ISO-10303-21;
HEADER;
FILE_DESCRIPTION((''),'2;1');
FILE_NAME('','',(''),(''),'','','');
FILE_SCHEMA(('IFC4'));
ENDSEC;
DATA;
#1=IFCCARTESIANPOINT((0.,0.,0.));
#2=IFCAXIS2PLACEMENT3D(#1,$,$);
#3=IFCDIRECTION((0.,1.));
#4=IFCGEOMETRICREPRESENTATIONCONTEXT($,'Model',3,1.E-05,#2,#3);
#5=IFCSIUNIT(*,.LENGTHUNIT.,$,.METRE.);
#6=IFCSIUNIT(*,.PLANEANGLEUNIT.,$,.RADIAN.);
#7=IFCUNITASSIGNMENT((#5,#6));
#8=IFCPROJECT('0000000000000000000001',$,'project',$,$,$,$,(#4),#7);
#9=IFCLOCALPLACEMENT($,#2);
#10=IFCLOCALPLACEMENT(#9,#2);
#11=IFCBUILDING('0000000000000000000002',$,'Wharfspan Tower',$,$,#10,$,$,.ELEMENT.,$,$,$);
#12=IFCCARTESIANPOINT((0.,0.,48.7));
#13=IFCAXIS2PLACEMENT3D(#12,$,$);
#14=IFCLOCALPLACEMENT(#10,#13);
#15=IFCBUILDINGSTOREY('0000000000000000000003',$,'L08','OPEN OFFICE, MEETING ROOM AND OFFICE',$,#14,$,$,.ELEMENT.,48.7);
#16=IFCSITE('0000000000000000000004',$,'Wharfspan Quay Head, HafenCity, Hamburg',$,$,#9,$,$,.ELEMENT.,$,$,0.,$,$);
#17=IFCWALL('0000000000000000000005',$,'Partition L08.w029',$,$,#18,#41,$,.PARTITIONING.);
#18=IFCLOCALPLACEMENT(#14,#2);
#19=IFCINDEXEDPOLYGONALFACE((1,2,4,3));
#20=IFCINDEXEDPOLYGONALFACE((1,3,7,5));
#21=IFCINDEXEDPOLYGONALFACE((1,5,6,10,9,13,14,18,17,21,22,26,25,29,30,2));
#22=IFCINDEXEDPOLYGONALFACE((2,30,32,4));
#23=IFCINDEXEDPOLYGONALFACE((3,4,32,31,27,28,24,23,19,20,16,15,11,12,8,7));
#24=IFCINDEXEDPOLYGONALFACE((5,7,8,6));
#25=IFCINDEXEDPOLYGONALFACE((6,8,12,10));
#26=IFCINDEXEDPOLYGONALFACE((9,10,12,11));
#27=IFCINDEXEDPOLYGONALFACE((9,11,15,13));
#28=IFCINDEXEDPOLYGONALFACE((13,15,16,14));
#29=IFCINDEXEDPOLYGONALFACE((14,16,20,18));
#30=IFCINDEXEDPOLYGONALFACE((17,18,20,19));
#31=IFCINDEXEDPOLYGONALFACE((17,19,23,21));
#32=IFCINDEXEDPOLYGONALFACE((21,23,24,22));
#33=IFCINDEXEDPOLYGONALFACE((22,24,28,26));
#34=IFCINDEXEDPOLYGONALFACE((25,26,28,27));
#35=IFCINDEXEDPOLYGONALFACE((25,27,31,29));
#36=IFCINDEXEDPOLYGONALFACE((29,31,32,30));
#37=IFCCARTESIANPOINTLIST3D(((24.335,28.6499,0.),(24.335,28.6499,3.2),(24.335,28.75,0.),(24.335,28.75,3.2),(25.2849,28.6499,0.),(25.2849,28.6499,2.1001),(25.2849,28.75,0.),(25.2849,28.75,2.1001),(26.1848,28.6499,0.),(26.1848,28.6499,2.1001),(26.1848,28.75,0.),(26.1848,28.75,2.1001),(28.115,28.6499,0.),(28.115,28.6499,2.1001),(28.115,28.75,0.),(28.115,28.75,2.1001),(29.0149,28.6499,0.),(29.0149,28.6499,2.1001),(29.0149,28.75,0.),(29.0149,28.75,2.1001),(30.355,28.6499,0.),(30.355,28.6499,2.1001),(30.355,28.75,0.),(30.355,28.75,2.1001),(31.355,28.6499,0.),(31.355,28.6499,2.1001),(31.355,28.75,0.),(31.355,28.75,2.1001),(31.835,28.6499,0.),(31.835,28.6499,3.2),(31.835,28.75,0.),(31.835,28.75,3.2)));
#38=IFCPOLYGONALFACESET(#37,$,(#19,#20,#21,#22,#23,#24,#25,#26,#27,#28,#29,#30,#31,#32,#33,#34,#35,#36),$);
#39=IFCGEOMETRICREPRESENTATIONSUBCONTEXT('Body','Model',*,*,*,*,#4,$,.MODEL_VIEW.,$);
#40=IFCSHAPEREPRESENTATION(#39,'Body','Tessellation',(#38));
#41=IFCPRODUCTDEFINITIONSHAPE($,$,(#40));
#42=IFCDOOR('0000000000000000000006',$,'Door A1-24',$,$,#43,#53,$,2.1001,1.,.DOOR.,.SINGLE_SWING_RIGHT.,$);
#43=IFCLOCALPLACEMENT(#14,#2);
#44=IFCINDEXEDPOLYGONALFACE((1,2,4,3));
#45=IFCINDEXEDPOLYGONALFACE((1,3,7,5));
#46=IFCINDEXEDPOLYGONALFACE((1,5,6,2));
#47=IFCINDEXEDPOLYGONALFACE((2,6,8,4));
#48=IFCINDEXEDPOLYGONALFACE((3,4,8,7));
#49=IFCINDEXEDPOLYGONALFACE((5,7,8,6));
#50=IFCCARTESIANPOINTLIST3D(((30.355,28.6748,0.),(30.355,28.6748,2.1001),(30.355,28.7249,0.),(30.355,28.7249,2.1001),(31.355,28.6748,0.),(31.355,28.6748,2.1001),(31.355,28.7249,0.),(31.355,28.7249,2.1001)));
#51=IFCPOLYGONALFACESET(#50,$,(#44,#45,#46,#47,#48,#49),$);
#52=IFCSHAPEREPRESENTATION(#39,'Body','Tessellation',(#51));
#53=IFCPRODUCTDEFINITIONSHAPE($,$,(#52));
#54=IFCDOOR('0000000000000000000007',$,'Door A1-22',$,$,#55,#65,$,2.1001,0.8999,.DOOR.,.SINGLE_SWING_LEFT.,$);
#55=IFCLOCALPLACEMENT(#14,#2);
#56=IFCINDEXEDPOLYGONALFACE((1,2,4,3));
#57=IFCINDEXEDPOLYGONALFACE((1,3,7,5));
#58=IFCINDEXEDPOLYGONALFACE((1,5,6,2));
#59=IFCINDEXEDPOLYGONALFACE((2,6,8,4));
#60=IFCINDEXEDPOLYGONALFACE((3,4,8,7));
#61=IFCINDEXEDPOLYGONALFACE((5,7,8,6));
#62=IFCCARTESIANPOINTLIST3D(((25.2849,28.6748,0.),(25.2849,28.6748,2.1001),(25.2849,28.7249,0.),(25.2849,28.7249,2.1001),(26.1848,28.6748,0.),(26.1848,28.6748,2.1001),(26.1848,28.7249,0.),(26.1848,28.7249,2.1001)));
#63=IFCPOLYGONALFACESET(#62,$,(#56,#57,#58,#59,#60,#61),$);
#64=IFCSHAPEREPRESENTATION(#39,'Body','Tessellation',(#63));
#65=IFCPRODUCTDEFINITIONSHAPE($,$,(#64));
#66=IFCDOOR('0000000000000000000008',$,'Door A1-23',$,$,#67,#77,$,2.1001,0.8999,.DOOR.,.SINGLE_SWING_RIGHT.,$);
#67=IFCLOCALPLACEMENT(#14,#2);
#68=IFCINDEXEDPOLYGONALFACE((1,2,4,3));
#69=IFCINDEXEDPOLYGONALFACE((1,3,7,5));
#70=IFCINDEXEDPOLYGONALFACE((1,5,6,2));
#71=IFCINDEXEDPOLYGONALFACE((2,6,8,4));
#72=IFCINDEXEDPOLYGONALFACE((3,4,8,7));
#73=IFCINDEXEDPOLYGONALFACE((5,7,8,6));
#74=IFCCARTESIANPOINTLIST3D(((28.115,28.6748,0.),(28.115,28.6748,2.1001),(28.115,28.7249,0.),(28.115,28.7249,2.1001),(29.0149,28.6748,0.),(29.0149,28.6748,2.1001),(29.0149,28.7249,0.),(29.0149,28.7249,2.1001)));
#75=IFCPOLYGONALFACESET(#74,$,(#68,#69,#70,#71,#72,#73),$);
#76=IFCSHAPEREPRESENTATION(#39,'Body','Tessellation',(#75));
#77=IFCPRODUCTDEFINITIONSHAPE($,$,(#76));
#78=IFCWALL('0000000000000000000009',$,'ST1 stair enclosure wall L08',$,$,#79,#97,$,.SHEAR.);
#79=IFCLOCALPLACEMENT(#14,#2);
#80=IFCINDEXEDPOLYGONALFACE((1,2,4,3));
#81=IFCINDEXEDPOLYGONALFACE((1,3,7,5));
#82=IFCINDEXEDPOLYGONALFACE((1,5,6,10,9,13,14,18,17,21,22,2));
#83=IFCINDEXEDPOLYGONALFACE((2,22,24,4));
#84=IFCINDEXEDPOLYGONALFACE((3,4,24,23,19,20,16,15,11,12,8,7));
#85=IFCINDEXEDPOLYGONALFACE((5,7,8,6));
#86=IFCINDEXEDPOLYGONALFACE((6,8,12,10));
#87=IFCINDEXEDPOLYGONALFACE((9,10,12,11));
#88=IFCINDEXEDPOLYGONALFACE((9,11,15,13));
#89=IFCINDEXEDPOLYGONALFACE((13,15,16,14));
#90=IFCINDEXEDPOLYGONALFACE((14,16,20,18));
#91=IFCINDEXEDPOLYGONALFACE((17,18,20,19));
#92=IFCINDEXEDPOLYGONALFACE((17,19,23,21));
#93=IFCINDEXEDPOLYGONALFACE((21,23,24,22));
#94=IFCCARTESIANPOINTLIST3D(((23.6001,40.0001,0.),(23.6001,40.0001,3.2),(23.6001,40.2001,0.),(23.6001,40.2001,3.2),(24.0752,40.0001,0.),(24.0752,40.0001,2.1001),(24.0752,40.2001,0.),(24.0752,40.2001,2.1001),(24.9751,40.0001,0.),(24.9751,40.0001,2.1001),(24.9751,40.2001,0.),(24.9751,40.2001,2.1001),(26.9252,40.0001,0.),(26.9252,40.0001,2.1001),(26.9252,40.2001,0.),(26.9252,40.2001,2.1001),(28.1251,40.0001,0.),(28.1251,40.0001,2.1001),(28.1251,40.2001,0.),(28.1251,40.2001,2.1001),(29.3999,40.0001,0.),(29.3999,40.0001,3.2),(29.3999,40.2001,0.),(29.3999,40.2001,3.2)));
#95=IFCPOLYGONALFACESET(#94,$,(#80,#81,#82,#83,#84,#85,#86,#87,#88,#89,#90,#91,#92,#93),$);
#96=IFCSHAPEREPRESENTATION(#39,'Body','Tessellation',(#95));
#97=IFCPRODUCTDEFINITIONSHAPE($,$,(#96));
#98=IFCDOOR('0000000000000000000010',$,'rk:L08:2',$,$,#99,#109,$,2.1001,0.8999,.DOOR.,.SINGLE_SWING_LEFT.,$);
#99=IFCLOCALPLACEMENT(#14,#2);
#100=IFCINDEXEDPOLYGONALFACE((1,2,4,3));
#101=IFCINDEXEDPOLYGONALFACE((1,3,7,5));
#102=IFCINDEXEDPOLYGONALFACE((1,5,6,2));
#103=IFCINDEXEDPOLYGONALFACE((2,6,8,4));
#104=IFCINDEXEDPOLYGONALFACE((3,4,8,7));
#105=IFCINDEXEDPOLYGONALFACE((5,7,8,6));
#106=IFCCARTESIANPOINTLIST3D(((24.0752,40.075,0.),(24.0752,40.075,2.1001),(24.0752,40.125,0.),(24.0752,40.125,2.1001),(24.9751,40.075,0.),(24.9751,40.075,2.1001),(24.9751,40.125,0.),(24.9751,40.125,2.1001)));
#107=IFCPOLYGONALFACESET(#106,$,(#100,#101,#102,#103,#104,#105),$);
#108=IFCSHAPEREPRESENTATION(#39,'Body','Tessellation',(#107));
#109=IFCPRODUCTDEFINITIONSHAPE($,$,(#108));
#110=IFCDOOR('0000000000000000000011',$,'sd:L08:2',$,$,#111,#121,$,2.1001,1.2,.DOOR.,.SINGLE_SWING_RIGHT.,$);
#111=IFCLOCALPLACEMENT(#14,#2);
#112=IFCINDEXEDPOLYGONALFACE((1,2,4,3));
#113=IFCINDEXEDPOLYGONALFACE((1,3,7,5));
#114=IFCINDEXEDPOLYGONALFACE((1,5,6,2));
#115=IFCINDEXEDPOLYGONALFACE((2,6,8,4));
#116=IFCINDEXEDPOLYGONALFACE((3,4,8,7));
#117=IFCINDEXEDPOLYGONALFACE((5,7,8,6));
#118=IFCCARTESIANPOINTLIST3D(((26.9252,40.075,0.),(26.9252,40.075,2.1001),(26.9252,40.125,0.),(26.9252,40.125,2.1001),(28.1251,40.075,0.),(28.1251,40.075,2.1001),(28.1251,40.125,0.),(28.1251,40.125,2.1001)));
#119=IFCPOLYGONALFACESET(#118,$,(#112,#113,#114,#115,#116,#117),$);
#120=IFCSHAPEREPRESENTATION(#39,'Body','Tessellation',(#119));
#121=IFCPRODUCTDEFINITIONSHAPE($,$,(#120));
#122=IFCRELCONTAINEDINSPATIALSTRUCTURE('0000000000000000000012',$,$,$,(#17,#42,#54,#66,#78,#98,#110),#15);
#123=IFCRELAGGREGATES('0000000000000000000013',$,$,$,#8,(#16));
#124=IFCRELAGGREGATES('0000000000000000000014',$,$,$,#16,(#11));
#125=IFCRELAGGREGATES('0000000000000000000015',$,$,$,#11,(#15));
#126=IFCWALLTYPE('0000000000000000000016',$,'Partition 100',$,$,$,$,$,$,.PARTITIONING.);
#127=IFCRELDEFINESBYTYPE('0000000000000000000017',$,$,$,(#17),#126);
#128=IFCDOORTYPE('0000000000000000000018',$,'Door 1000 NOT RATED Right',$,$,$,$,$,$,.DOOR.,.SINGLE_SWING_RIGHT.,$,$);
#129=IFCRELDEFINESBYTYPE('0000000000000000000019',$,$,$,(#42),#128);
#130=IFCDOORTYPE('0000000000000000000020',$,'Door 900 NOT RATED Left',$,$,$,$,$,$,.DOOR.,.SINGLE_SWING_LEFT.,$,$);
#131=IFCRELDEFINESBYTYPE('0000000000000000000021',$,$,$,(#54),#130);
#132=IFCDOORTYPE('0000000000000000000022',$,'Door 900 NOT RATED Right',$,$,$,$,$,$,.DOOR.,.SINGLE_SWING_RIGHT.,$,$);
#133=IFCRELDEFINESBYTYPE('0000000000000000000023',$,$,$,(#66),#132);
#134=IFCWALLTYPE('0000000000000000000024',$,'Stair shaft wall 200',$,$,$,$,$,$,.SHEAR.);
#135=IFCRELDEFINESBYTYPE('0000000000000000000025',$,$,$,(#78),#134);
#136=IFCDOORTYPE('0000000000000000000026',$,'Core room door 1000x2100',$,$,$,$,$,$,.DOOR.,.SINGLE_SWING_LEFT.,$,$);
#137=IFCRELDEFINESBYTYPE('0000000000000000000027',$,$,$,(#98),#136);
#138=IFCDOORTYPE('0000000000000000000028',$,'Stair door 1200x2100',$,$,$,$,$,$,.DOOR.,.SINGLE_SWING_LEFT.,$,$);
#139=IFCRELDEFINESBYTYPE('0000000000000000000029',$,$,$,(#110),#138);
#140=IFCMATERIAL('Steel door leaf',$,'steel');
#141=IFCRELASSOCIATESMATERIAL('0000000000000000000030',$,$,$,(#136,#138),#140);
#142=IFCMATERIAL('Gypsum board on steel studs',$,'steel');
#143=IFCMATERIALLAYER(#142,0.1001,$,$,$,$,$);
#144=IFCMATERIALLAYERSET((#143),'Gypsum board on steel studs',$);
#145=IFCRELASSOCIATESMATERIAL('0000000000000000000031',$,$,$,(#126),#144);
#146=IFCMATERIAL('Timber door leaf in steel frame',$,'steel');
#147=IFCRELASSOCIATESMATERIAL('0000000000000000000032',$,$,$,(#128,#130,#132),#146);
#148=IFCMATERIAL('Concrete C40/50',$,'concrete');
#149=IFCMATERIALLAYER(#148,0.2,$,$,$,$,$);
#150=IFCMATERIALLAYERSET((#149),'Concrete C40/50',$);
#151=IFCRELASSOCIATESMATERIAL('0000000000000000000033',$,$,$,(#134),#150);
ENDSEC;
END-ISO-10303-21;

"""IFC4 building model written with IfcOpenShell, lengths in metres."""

from ifc_helpers import new_model, si_unit, direction, frame, frame_2d, origin, place, context, subcontext, project, spatial, rectangle, extrude, material, layer, layer_set, type_object, element, fill, save


model = new_model("IFC4")

# Units and contexts
model_context = context("Model", 3, precision=1e-05, world=origin(), true_north=direction((0.0, 1.0)))
body_context = subcontext(model_context, "Body", "Model", "MODEL_VIEW")
ifc_project = project(units=[si_unit("LENGTHUNIT", "METRE"), si_unit("PLANEANGLEUNIT", "RADIAN")], contexts=[model_context])

# Site, building, storey
site_placement = place(None, origin())
site = spatial("IfcSite", under=ifc_project, at=site_placement, Name="Wharfspan Quay Head, HafenCity, Hamburg", CompositionType="ELEMENT", RefElevation=0.0)
building_placement = place(site_placement, origin())
building = spatial("IfcBuilding", under=site, at=building_placement, Name="Wharfspan Tower", CompositionType="ELEMENT")
storey_placement = place(building_placement, frame((0.0, 0.0, 48.7)))
storey = spatial("IfcBuildingStorey", under=building, at=storey_placement, Name="L08", Description="OPEN OFFICE, MEETING ROOM AND OFFICE", CompositionType="ELEMENT", Elevation=48.7)

# Shared definitions
ifc_material_1 = material(Name="Gypsum board on steel studs", Category="steel")

# Shared definitions
ifc_material_2 = material(Name="Steel door leaf", Category="steel")
door_type_1 = type_object("IfcDoorType", Name="Core room door 1000x2100", OperationType="SINGLE_SWING_LEFT", PredefinedType="DOOR", material=ifc_material_2)

# Walls, openings, doors
ifc_layer_1 = layer(ifc_material_1, 0.1001)
ifc_layer_set_1 = layer_set([ifc_layer_1], Name="Gypsum board on steel studs")
wall_type_1 = type_object("IfcWallType", Name="Partition 100", PredefinedType="PARTITIONING", material=ifc_layer_set_1)
wall_1_placement = place(storey_placement, frame((24.335, 28.7, 0.0), z_axis=(0.0, 0.0, 1.0), x_axis=(1.0, 0.0, 0.0)))
wall_1 = element("IfcWall", 1, at=wall_1_placement, inside=storey, type_object=wall_type_1, Name="Partition L08.w029", PredefinedType="PARTITIONING", context=body_context, shape_type="SweptSolid", body=[
    extrude(rectangle(XDim=7.5, YDim=0.1001, at=frame_2d((3.75, 0.0))), origin(), (0.0, 0.0, 1.0), 3.2),
])
opening_1_placement = place(wall_1_placement, frame((0.95, 0.0, 0.0)))
opening_1 = element("IfcOpeningElement", 2, at=opening_1_placement, cuts=wall_1, PredefinedType="OPENING", context=body_context, shape_type="SweptSolid", body=[
    extrude(rectangle(XDim=0.8999, YDim=2.1001, at=frame_2d((0.45, 1.05))), frame((0.0, 0.0601, 0.0), z_axis=(0.0, -1.0, 0.0), x_axis=(1.0, 0.0, 0.0)), (0.0, 0.0, 1.0), 0.1201),
])
opening_2_placement = place(wall_1_placement, frame((3.78, 0.0, 0.0)))
opening_2 = element("IfcOpeningElement", 3, at=opening_2_placement, cuts=wall_1, PredefinedType="OPENING", context=body_context, shape_type="SweptSolid", body=[
    extrude(rectangle(XDim=0.8999, YDim=2.1001, at=frame_2d((0.45, 1.05))), frame((0.0, 0.0601, 0.0), z_axis=(0.0, -1.0, 0.0), x_axis=(1.0, 0.0, 0.0)), (0.0, 0.0, 1.0), 0.1201),
])
opening_3_placement = place(wall_1_placement, frame((6.02, 0.0, 0.0)))
opening_3 = element("IfcOpeningElement", 4, at=opening_3_placement, cuts=wall_1, PredefinedType="OPENING", context=body_context, shape_type="SweptSolid", body=[
    extrude(rectangle(XDim=1.0, YDim=2.1001, at=frame_2d((0.5, 1.05))), frame((0.0, 0.0601, 0.0), z_axis=(0.0, -1.0, 0.0), x_axis=(1.0, 0.0, 0.0)), (0.0, 0.0, 1.0), 0.1201),
])
ifc_material_3 = material(Name="Timber door leaf in steel frame", Category="steel")
door_type_2 = type_object("IfcDoorType", Name="Door 1000 NOT RATED Right", OperationType="SINGLE_SWING_RIGHT", PredefinedType="DOOR", material=ifc_material_3)
door_1_placement = place(opening_3_placement, origin())
door_1 = element("IfcDoor", 5, at=door_1_placement, inside=storey, type_object=door_type_2, Name="Door A1-24", OperationType="SINGLE_SWING_RIGHT", OverallHeight=2.1001, OverallWidth=1.0, PredefinedType="DOOR", context=body_context, shape_type="SweptSolid", body=[
    extrude(rectangle(XDim=1.0, YDim=2.1001, at=frame_2d((0.5, 1.05))), frame((0.0, 0.0249, 0.0), z_axis=(0.0, -1.0, 0.0), x_axis=(1.0, 0.0, 0.0)), (0.0, 0.0, 1.0), 0.05),
])
fill(opening_3, door_1)
door_type_3 = type_object("IfcDoorType", Name="Door 900 NOT RATED Left", OperationType="SINGLE_SWING_LEFT", PredefinedType="DOOR", material=ifc_material_3)
door_2_placement = place(opening_1_placement, origin())
door_2 = element("IfcDoor", 6, at=door_2_placement, inside=storey, type_object=door_type_3, Name="Door A1-22", OperationType="SINGLE_SWING_LEFT", OverallHeight=2.1001, OverallWidth=0.8999, PredefinedType="DOOR", context=body_context, shape_type="SweptSolid", body=[
    extrude(rectangle(XDim=0.8999, YDim=2.1001, at=frame_2d((0.45, 1.05))), frame((0.0, 0.0249, 0.0), z_axis=(0.0, -1.0, 0.0), x_axis=(1.0, 0.0, 0.0)), (0.0, 0.0, 1.0), 0.05),
])
fill(opening_1, door_2)
door_type_4 = type_object("IfcDoorType", Name="Door 900 NOT RATED Right", OperationType="SINGLE_SWING_RIGHT", PredefinedType="DOOR", material=ifc_material_3)
door_3_placement = place(opening_2_placement, origin())
door_3 = element("IfcDoor", 7, at=door_3_placement, inside=storey, type_object=door_type_4, Name="Door A1-23", OperationType="SINGLE_SWING_RIGHT", OverallHeight=2.1001, OverallWidth=0.8999, PredefinedType="DOOR", context=body_context, shape_type="SweptSolid", body=[
    extrude(rectangle(XDim=0.8999, YDim=2.1001, at=frame_2d((0.45, 1.05))), frame((0.0, 0.0249, 0.0), z_axis=(0.0, -1.0, 0.0), x_axis=(1.0, 0.0, 0.0)), (0.0, 0.0, 1.0), 0.05),
])
fill(opening_2, door_3)
ifc_material_4 = material(Name="Concrete C40/50", Category="concrete")
ifc_layer_2 = layer(ifc_material_4, 0.2)
ifc_layer_set_2 = layer_set([ifc_layer_2], Name="Concrete C40/50")
wall_type_2 = type_object("IfcWallType", Name="Stair shaft wall 200", PredefinedType="SHEAR", material=ifc_layer_set_2)
wall_2_placement = place(storey_placement, frame((23.6001, 40.1001, 0.0), z_axis=(0.0, 0.0, 1.0), x_axis=(1.0, 0.0, 0.0)))
wall_2 = element("IfcWall", 8, at=wall_2_placement, inside=storey, type_object=wall_type_2, Name="ST1 stair enclosure wall L08", PredefinedType="SHEAR", context=body_context, shape_type="SweptSolid", body=[
    extrude(rectangle(XDim=5.7998, YDim=0.2, at=frame_2d((2.8999, 0.0))), origin(), (0.0, 0.0, 1.0), 3.2),
])
opening_4_placement = place(wall_2_placement, frame((3.325, 0.0, 0.0)))
opening_4 = element("IfcOpeningElement", 9, at=opening_4_placement, cuts=wall_2, PredefinedType="OPENING", context=body_context, shape_type="SweptSolid", body=[
    extrude(rectangle(XDim=1.2, YDim=2.1001, at=frame_2d((0.6001, 1.05))), frame((0.0, 0.1099, 0.0), z_axis=(0.0, -1.0, 0.0), x_axis=(1.0, 0.0, 0.0)), (0.0, 0.0, 1.0), 0.22),
])
opening_5_placement = place(wall_2_placement, frame((0.4751, 0.0, 0.0)))
opening_5 = element("IfcOpeningElement", 10, at=opening_5_placement, cuts=wall_2, PredefinedType="OPENING", context=body_context, shape_type="SweptSolid", body=[
    extrude(rectangle(XDim=0.8999, YDim=2.1001, at=frame_2d((0.45, 1.05))), frame((0.0, 0.1099, 0.0), z_axis=(0.0, -1.0, 0.0), x_axis=(1.0, 0.0, 0.0)), (0.0, 0.0, 1.0), 0.22),
])
door_4_placement = place(opening_5_placement, origin())
door_4 = element("IfcDoor", 11, at=door_4_placement, inside=storey, type_object=door_type_1, Name="rk:L08:2", OperationType="SINGLE_SWING_LEFT", OverallHeight=2.1001, OverallWidth=0.8999, PredefinedType="DOOR", context=body_context, shape_type="SweptSolid", body=[
    extrude(rectangle(XDim=0.8999, YDim=2.1001, at=frame_2d((0.45, 1.05))), frame((0.0, 0.0249, 0.0), z_axis=(0.0, -1.0, 0.0), x_axis=(1.0, 0.0, 0.0)), (0.0, 0.0, 1.0), 0.05),
])
fill(opening_5, door_4)
door_type_5 = type_object("IfcDoorType", Name="Stair door 1200x2100", OperationType="SINGLE_SWING_LEFT", PredefinedType="DOOR", material=ifc_material_2)
door_5_placement = place(opening_4_placement, origin())
door_5 = element("IfcDoor", 12, at=door_5_placement, inside=storey, type_object=door_type_5, Name="sd:L08:2", OperationType="SINGLE_SWING_RIGHT", OverallHeight=2.1001, OverallWidth=1.2, PredefinedType="DOOR", context=body_context, shape_type="SweptSolid", body=[
    extrude(rectangle(XDim=1.2, YDim=2.1001, at=frame_2d((0.6001, 1.05))), frame((0.0, 0.0249, 0.0), z_axis=(0.0, -1.0, 0.0), x_axis=(1.0, 0.0, 0.0)), (0.0, 0.0, 1.0), 0.05),
])
fill(opening_4, door_5)

save(model, "model.ifc")
